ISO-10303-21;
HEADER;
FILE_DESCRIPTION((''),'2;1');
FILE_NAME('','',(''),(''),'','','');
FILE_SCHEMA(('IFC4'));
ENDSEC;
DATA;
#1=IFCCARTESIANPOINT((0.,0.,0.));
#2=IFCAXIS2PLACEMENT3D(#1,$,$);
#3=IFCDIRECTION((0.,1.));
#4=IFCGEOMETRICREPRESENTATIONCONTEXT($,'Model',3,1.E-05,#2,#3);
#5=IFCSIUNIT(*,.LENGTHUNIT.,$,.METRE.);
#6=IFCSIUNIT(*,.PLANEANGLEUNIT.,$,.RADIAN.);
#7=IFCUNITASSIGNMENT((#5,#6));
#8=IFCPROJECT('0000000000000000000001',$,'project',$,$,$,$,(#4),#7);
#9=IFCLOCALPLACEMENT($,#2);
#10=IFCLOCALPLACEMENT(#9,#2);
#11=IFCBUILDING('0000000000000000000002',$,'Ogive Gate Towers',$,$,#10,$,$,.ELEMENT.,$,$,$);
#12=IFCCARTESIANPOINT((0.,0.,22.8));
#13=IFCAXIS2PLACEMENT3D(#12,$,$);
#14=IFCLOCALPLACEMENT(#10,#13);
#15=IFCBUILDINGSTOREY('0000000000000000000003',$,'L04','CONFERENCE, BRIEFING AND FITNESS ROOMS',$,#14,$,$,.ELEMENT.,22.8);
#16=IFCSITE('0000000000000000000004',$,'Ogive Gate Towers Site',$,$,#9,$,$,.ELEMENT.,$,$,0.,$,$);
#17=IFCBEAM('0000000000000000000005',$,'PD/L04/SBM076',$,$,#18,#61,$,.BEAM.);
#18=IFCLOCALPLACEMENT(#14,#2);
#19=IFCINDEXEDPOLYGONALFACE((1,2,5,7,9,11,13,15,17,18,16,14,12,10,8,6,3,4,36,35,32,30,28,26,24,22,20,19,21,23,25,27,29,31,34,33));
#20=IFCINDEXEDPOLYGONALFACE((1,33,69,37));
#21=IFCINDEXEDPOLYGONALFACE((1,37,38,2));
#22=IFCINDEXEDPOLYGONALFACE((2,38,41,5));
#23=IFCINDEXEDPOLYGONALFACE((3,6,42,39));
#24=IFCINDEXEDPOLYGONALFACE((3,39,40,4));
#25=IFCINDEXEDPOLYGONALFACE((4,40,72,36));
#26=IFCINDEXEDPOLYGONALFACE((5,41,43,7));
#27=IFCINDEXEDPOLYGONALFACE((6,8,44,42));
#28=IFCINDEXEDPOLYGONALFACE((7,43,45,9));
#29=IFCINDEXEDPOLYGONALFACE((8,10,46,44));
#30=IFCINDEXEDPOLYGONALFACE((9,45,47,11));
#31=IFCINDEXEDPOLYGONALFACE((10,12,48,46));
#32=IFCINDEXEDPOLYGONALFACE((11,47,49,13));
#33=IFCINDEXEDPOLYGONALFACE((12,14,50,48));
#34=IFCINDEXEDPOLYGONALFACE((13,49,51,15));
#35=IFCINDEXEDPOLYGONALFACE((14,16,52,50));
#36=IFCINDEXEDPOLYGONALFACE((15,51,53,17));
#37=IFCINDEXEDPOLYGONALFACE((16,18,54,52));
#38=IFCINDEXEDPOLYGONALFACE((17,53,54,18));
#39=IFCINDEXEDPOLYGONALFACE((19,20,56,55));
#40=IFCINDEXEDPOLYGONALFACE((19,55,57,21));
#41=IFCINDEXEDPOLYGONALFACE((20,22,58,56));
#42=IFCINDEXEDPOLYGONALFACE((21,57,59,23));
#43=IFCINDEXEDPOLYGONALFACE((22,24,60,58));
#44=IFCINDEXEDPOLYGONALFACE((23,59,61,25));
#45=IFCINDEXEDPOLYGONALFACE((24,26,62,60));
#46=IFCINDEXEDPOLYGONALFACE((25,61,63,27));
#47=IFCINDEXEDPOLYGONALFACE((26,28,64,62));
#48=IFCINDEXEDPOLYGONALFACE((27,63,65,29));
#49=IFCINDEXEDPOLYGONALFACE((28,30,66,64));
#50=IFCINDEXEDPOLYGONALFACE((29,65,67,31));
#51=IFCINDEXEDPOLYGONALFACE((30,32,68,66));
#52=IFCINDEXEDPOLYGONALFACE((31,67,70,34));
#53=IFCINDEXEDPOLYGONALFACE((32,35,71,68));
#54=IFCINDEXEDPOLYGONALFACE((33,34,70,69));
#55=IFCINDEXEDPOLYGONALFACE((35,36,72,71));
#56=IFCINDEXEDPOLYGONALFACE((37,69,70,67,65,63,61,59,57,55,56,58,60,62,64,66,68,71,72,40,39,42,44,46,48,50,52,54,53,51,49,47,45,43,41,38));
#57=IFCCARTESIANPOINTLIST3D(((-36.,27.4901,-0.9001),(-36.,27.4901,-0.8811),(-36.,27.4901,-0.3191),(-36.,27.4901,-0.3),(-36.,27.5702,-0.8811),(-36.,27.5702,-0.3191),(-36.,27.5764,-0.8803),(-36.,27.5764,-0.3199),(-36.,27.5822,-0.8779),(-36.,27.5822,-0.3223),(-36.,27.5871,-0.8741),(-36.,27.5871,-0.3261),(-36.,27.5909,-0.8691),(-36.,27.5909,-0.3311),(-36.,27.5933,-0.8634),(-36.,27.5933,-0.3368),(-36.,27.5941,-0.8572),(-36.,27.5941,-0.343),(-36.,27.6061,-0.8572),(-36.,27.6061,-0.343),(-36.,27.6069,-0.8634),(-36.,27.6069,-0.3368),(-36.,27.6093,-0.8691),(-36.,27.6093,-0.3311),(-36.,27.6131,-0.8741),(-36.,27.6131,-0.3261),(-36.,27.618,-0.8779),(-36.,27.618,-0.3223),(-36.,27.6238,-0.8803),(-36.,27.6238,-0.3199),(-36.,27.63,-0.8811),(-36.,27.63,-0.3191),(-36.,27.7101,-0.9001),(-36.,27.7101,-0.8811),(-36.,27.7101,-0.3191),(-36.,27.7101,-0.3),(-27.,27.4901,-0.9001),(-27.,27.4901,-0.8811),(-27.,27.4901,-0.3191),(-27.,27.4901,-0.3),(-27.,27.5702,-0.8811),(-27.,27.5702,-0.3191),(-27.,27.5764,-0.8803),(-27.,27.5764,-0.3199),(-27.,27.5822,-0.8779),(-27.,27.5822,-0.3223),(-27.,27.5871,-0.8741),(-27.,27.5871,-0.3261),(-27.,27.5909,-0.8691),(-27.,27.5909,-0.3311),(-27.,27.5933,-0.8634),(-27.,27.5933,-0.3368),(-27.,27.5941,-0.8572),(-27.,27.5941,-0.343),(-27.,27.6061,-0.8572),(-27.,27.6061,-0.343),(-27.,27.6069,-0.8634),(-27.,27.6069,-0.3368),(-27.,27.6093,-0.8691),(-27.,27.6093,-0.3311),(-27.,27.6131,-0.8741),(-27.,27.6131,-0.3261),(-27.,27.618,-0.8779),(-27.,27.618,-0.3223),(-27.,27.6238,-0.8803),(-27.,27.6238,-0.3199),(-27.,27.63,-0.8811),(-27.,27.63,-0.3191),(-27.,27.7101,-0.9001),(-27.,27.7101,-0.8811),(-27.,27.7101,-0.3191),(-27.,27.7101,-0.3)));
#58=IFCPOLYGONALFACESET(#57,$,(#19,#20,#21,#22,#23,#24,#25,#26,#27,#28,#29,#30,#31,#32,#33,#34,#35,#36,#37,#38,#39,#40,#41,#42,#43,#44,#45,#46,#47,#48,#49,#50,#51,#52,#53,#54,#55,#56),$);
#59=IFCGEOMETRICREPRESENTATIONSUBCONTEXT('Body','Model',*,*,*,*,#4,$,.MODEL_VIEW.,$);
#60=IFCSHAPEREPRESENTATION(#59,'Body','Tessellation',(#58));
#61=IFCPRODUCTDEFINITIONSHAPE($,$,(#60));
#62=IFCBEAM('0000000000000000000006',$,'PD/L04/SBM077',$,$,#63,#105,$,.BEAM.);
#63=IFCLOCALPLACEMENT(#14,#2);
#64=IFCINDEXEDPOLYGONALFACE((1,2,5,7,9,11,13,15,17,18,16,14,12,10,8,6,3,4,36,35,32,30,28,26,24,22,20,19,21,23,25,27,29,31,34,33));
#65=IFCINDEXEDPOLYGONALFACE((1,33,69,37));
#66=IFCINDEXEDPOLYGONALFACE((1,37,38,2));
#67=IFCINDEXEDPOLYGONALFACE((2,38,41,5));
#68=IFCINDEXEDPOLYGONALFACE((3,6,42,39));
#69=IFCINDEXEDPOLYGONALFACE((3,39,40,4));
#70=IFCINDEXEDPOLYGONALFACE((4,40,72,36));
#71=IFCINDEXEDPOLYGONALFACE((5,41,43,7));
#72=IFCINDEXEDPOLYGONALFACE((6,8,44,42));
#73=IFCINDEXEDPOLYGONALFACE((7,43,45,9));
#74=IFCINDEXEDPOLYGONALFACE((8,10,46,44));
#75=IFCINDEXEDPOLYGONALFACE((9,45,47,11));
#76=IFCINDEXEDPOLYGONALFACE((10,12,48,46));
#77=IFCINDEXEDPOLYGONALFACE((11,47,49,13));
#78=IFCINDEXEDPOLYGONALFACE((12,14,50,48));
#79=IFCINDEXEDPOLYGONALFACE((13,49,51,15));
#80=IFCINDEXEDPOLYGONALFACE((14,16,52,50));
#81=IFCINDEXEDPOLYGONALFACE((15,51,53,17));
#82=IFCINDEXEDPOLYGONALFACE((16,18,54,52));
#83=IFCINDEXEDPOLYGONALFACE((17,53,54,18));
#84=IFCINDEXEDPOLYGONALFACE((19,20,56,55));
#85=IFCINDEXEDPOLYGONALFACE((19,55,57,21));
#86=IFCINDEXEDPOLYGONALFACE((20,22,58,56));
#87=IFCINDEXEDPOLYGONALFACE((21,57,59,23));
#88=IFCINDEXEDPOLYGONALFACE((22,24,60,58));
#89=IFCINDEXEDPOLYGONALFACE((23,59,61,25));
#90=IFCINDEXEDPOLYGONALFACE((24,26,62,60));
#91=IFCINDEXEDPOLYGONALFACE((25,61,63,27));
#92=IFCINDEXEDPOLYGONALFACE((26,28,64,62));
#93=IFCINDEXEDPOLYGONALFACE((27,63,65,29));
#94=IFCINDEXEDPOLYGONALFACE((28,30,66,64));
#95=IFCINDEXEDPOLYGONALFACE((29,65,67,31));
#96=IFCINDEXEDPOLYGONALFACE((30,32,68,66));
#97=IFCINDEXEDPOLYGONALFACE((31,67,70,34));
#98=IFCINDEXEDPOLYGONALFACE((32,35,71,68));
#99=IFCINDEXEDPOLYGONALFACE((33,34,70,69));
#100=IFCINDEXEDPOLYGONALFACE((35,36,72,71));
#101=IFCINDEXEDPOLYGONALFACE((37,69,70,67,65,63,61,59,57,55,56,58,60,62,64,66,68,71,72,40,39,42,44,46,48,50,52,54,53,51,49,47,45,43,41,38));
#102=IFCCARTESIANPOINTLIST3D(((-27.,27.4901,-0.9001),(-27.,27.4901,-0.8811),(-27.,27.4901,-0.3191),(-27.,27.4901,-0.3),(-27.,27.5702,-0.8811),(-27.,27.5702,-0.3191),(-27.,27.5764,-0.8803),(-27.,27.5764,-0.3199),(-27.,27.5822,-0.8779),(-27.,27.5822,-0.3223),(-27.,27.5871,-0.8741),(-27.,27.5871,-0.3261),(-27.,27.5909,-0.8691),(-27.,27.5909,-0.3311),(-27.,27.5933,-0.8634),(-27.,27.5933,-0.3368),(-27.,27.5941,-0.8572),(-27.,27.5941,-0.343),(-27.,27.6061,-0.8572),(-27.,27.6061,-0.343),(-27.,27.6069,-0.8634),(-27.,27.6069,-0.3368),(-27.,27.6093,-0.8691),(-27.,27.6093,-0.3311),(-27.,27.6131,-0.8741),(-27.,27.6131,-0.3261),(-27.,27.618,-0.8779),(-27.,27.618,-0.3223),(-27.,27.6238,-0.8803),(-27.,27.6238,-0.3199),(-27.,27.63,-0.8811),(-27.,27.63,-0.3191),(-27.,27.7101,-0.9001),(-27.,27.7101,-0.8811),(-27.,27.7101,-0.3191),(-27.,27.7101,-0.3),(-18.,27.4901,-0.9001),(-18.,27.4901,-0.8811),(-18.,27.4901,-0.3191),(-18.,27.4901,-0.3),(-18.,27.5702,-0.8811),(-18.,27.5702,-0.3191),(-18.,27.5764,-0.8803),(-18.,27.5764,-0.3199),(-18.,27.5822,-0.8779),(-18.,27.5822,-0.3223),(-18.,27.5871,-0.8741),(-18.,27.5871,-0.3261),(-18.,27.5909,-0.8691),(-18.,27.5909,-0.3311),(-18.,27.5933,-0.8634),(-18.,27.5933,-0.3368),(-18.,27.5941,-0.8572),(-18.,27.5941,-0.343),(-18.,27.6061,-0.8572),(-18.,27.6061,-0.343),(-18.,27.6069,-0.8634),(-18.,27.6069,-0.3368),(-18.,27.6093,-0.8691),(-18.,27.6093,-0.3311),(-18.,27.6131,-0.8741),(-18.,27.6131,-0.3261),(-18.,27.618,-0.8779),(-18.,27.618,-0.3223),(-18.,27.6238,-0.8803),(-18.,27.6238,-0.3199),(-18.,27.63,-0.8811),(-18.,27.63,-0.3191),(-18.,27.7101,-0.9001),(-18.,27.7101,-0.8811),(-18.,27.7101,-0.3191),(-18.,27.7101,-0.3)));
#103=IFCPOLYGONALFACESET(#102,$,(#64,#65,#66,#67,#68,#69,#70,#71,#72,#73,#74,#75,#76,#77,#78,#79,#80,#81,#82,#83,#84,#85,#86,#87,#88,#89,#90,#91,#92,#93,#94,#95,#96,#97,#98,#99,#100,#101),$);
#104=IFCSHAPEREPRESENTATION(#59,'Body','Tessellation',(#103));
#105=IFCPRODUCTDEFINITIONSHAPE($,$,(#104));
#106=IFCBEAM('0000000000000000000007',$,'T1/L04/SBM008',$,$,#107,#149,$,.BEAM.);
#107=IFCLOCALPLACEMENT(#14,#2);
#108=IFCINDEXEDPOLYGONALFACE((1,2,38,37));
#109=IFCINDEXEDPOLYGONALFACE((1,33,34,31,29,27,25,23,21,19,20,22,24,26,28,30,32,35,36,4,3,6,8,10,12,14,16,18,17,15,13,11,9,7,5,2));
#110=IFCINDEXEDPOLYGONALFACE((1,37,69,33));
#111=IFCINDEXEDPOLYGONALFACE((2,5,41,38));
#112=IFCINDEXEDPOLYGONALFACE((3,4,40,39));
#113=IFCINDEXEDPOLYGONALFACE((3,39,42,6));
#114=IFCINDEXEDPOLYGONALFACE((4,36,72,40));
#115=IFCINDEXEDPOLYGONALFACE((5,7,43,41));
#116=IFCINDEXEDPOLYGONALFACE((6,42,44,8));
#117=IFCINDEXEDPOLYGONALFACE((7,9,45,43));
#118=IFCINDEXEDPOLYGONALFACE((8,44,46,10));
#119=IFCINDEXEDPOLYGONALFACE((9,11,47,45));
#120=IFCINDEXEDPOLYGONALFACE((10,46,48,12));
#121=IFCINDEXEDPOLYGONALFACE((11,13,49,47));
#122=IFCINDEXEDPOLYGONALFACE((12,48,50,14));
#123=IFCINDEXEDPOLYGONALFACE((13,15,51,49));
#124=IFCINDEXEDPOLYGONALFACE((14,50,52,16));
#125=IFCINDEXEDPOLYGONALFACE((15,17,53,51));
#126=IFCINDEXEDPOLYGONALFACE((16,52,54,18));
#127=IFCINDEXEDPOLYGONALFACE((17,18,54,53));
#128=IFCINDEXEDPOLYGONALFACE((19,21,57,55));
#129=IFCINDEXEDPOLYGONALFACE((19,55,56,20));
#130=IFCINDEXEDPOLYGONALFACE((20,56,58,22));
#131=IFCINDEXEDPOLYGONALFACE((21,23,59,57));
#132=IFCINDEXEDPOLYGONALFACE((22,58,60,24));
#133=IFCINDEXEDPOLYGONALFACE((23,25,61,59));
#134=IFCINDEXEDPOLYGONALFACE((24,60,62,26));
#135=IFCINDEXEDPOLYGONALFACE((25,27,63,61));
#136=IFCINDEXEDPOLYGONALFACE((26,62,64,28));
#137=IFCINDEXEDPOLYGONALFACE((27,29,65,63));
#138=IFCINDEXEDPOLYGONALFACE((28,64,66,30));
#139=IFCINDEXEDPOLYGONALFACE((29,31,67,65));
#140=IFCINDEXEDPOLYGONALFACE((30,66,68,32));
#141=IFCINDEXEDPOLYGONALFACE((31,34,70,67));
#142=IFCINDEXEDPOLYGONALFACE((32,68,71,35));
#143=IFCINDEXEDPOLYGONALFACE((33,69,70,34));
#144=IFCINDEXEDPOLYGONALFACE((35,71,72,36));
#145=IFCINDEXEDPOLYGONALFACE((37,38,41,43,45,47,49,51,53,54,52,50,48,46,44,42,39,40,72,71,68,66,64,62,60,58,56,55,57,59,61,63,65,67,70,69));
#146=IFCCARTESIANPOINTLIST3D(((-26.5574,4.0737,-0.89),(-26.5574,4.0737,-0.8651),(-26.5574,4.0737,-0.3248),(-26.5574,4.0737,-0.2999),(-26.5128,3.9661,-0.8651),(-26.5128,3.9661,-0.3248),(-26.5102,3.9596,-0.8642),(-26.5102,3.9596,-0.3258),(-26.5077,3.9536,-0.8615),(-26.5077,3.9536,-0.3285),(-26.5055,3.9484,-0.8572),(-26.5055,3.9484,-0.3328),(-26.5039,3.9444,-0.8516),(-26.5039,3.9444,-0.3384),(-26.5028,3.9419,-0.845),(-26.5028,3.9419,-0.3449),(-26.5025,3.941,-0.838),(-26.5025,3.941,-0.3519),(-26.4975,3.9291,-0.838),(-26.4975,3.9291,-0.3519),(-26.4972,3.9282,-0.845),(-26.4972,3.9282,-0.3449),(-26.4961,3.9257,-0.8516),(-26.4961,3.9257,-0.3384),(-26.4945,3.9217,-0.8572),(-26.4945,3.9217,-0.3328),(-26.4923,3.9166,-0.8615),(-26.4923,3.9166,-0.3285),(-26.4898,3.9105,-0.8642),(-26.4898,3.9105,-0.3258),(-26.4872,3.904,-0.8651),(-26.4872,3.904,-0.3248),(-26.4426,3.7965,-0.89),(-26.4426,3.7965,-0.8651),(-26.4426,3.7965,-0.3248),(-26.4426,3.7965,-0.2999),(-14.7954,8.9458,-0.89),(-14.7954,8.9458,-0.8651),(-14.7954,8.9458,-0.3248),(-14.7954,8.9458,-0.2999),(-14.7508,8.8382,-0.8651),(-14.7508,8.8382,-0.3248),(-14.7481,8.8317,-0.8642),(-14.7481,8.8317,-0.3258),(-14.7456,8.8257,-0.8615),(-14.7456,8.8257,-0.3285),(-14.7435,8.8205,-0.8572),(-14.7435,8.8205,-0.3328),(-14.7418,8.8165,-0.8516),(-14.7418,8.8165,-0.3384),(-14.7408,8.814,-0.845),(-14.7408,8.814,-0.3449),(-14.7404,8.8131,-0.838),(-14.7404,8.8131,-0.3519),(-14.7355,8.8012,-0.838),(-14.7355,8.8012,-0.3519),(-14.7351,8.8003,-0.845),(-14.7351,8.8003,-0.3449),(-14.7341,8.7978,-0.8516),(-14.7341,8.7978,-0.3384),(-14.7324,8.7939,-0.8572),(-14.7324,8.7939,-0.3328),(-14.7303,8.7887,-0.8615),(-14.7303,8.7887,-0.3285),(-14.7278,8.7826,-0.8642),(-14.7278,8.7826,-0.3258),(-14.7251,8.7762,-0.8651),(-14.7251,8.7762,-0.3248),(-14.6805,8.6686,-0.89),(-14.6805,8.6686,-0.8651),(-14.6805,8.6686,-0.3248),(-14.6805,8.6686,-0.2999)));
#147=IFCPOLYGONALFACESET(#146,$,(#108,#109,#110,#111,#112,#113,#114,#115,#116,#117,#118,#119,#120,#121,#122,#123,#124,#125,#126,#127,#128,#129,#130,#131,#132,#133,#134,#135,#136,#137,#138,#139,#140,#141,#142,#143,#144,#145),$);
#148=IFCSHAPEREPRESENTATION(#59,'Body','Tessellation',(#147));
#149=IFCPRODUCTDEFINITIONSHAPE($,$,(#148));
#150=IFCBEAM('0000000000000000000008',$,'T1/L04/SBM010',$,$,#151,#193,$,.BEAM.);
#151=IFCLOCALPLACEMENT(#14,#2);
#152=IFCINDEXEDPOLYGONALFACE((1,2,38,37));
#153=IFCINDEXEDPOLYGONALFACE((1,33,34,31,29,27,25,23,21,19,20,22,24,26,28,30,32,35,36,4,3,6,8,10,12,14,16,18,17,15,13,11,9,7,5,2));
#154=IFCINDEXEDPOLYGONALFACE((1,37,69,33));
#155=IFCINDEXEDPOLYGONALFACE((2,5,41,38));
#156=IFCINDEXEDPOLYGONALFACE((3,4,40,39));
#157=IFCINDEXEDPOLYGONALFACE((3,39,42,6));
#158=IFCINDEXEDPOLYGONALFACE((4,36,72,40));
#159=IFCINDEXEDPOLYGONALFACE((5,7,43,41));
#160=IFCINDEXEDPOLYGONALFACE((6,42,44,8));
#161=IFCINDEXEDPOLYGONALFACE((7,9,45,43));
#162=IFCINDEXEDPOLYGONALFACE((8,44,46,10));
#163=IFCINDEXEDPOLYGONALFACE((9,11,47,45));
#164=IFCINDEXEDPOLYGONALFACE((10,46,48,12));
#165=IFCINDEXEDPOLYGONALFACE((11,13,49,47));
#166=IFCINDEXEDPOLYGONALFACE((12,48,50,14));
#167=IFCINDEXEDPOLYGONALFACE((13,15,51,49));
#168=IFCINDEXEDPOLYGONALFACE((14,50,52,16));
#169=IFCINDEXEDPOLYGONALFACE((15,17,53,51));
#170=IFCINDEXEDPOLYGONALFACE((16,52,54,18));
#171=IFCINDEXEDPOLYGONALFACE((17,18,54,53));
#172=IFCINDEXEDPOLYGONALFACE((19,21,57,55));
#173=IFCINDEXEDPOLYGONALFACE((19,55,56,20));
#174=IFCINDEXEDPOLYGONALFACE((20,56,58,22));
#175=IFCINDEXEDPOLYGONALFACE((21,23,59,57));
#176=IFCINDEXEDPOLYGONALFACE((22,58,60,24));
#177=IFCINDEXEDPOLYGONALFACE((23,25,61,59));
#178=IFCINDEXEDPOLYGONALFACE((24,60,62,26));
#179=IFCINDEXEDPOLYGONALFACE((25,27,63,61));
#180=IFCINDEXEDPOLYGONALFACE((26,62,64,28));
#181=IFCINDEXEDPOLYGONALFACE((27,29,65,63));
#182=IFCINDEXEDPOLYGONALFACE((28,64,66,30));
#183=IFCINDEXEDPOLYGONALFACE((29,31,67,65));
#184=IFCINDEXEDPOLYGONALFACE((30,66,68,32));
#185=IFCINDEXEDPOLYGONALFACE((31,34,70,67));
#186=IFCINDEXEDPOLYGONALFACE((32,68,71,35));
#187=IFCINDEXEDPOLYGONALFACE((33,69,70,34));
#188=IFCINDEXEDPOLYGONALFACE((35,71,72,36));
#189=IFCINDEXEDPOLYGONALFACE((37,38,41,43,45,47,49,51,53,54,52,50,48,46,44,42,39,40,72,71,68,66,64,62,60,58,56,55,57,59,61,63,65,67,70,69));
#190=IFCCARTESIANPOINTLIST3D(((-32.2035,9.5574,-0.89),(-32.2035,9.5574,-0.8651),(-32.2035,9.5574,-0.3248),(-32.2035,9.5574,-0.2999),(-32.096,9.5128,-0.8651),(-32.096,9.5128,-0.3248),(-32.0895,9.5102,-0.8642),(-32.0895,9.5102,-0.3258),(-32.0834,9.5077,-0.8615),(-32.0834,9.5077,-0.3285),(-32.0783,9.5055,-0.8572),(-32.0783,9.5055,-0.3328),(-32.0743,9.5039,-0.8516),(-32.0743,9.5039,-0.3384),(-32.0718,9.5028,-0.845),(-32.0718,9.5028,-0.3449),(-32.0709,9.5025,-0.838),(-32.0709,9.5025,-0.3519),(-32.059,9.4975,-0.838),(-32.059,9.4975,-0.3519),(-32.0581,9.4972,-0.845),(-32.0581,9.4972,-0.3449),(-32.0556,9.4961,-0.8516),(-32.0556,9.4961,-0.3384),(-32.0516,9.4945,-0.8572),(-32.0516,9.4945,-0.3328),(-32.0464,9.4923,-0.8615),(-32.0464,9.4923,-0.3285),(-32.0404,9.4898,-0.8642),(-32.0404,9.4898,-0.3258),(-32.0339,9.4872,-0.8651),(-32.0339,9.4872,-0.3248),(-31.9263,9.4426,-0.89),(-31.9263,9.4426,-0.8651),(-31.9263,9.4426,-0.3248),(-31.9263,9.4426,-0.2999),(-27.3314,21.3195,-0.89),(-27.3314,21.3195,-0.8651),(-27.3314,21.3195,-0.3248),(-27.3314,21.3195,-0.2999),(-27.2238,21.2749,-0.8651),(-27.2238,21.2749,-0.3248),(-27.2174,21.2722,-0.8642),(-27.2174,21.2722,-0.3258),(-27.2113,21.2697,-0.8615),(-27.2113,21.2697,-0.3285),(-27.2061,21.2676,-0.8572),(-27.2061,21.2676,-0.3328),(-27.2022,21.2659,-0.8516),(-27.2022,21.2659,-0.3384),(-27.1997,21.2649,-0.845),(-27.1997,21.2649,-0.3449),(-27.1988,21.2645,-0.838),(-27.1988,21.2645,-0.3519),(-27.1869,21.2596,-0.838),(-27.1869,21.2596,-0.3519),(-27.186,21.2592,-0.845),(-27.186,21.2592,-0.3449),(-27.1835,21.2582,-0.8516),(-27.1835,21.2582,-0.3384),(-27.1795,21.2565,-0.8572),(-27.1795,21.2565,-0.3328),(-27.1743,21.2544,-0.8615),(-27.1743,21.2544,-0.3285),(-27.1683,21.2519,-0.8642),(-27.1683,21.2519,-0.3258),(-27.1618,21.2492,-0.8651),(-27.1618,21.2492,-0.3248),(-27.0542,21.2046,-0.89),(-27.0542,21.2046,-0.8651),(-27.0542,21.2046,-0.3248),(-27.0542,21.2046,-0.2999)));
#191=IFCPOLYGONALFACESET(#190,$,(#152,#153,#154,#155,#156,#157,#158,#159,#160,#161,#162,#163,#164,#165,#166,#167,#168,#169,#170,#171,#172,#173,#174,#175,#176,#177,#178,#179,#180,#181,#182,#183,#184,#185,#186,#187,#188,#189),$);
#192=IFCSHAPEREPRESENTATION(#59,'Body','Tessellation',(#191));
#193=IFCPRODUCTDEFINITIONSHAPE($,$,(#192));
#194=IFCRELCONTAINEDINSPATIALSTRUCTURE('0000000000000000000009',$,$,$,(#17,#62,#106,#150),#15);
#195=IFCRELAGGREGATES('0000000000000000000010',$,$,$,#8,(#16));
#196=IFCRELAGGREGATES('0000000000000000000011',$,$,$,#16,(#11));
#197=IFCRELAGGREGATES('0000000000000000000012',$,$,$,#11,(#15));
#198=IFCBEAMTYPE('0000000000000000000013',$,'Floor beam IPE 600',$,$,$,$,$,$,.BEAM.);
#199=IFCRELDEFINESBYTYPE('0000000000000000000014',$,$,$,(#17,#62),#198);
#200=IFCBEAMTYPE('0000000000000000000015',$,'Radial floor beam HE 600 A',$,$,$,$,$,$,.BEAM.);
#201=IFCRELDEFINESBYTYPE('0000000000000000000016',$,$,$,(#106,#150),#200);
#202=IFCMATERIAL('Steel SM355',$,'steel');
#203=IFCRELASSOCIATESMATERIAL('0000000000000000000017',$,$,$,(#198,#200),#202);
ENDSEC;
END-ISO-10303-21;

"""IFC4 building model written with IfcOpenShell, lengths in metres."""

from ifc_helpers import new_model, si_unit, direction, frame, origin, origin_2d, place, context, subcontext, project, spatial, i_section, extrude, material, material_profile, profile_set, type_object, element, save


model = new_model("IFC4")

# Units and contexts
model_context = context("Model", 3, precision=1e-05, world=origin(), true_north=direction((0.0, 1.0)))
body_context = subcontext(model_context, "Body", "Model", "MODEL_VIEW")
ifc_project = project(units=[si_unit("LENGTHUNIT", "METRE"), si_unit("PLANEANGLEUNIT", "RADIAN")], contexts=[model_context])

# Site, building, storey
site_placement = place(None, origin())
site = spatial("IfcSite", under=ifc_project, at=site_placement, Name="Ogive Gate Towers Site", CompositionType="ELEMENT", RefElevation=0.0)
building_placement = place(site_placement, origin())
building = spatial("IfcBuilding", under=site, at=building_placement, Name="Ogive Gate Towers", CompositionType="ELEMENT")
storey_placement = place(building_placement, frame((0.0, 0.0, 22.8)))
storey = spatial("IfcBuildingStorey", under=building, at=storey_placement, Name="L04", Description="CONFERENCE, BRIEFING AND FITNESS ROOMS", CompositionType="ELEMENT", Elevation=22.8)

# Beams
ifc_material_1 = material(Name="Steel SM355", Category="steel")
ifc_material_profile_1 = material_profile(ifc_material_1, i_section(OverallWidth=0.22, OverallDepth=0.6001, WebThickness=0.012, FlangeThickness=0.019, FilletRadius=0.0239, at=origin_2d()), Name="IPE 600")
ifc_profile_set_1 = profile_set([ifc_material_profile_1], Name="Steel SM355")
beam_type_1 = type_object("IfcBeamType", Name="Floor beam IPE 600", PredefinedType="BEAM", material=ifc_profile_set_1)
for number, where, z_axis, x_axis, name in (
    (1, (-36.0, 27.6001, -0.6001), (1.0, 0.0, 0.0), (0.0, 1.0, 0.0), "PD/L04/SBM076"),
    (2, (-27.0, 27.6001, -0.6001), (1.0, 0.0, 0.0), (0.0, 1.0, 0.0), "PD/L04/SBM077"),
):
    element("IfcBeam", number, at=place(storey_placement, frame(where, z_axis=z_axis, x_axis=x_axis)), inside=storey, type_object=beam_type_1, Name=name, PredefinedType="BEAM", context=body_context, shape_type="SweptSolid", body=[
        extrude(i_section(OverallWidth=0.22, OverallDepth=0.6001, WebThickness=0.012, FlangeThickness=0.019, FilletRadius=0.0239, at=origin_2d()), origin(), (0.0, 0.0, 1.0), 9.0),
    ])
ifc_material_profile_2 = material_profile(ifc_material_1, i_section(OverallWidth=0.3, OverallDepth=0.5901, WebThickness=0.0129, FlangeThickness=0.0249, FilletRadius=0.0271, at=origin_2d()), Name="HE 600 A")
ifc_profile_set_2 = profile_set([ifc_material_profile_2], Name="Steel SM355")
beam_type_2 = type_object("IfcBeamType", Name="Radial floor beam HE 600 A", PredefinedType="BEAM", material=ifc_profile_set_2)
for number, where, z_axis, x_axis, name in (
    (3, (-26.5, 3.9351, -0.595), (0.923877, 0.382691, 0.0), (-0.382691, 0.923877, 0.0), "T1/L04/SBM008"),
    (4, (-32.0649, 9.5, -0.595), (0.382691, 0.923877, 0.0), (-0.923877, 0.382691, 0.0), "T1/L04/SBM010"),
):
    element("IfcBeam", number, at=place(storey_placement, frame(where, z_axis=z_axis, x_axis=x_axis)), inside=storey, type_object=beam_type_2, Name=name, PredefinedType="BEAM", context=body_context, shape_type="SweptSolid", body=[
        extrude(i_section(OverallWidth=0.3, OverallDepth=0.5901, WebThickness=0.0129, FlangeThickness=0.0249, FilletRadius=0.0271, at=origin_2d()), origin(), (0.0, 0.0, 1.0), 12.7312),
    ])

save(model, "model.ifc")
